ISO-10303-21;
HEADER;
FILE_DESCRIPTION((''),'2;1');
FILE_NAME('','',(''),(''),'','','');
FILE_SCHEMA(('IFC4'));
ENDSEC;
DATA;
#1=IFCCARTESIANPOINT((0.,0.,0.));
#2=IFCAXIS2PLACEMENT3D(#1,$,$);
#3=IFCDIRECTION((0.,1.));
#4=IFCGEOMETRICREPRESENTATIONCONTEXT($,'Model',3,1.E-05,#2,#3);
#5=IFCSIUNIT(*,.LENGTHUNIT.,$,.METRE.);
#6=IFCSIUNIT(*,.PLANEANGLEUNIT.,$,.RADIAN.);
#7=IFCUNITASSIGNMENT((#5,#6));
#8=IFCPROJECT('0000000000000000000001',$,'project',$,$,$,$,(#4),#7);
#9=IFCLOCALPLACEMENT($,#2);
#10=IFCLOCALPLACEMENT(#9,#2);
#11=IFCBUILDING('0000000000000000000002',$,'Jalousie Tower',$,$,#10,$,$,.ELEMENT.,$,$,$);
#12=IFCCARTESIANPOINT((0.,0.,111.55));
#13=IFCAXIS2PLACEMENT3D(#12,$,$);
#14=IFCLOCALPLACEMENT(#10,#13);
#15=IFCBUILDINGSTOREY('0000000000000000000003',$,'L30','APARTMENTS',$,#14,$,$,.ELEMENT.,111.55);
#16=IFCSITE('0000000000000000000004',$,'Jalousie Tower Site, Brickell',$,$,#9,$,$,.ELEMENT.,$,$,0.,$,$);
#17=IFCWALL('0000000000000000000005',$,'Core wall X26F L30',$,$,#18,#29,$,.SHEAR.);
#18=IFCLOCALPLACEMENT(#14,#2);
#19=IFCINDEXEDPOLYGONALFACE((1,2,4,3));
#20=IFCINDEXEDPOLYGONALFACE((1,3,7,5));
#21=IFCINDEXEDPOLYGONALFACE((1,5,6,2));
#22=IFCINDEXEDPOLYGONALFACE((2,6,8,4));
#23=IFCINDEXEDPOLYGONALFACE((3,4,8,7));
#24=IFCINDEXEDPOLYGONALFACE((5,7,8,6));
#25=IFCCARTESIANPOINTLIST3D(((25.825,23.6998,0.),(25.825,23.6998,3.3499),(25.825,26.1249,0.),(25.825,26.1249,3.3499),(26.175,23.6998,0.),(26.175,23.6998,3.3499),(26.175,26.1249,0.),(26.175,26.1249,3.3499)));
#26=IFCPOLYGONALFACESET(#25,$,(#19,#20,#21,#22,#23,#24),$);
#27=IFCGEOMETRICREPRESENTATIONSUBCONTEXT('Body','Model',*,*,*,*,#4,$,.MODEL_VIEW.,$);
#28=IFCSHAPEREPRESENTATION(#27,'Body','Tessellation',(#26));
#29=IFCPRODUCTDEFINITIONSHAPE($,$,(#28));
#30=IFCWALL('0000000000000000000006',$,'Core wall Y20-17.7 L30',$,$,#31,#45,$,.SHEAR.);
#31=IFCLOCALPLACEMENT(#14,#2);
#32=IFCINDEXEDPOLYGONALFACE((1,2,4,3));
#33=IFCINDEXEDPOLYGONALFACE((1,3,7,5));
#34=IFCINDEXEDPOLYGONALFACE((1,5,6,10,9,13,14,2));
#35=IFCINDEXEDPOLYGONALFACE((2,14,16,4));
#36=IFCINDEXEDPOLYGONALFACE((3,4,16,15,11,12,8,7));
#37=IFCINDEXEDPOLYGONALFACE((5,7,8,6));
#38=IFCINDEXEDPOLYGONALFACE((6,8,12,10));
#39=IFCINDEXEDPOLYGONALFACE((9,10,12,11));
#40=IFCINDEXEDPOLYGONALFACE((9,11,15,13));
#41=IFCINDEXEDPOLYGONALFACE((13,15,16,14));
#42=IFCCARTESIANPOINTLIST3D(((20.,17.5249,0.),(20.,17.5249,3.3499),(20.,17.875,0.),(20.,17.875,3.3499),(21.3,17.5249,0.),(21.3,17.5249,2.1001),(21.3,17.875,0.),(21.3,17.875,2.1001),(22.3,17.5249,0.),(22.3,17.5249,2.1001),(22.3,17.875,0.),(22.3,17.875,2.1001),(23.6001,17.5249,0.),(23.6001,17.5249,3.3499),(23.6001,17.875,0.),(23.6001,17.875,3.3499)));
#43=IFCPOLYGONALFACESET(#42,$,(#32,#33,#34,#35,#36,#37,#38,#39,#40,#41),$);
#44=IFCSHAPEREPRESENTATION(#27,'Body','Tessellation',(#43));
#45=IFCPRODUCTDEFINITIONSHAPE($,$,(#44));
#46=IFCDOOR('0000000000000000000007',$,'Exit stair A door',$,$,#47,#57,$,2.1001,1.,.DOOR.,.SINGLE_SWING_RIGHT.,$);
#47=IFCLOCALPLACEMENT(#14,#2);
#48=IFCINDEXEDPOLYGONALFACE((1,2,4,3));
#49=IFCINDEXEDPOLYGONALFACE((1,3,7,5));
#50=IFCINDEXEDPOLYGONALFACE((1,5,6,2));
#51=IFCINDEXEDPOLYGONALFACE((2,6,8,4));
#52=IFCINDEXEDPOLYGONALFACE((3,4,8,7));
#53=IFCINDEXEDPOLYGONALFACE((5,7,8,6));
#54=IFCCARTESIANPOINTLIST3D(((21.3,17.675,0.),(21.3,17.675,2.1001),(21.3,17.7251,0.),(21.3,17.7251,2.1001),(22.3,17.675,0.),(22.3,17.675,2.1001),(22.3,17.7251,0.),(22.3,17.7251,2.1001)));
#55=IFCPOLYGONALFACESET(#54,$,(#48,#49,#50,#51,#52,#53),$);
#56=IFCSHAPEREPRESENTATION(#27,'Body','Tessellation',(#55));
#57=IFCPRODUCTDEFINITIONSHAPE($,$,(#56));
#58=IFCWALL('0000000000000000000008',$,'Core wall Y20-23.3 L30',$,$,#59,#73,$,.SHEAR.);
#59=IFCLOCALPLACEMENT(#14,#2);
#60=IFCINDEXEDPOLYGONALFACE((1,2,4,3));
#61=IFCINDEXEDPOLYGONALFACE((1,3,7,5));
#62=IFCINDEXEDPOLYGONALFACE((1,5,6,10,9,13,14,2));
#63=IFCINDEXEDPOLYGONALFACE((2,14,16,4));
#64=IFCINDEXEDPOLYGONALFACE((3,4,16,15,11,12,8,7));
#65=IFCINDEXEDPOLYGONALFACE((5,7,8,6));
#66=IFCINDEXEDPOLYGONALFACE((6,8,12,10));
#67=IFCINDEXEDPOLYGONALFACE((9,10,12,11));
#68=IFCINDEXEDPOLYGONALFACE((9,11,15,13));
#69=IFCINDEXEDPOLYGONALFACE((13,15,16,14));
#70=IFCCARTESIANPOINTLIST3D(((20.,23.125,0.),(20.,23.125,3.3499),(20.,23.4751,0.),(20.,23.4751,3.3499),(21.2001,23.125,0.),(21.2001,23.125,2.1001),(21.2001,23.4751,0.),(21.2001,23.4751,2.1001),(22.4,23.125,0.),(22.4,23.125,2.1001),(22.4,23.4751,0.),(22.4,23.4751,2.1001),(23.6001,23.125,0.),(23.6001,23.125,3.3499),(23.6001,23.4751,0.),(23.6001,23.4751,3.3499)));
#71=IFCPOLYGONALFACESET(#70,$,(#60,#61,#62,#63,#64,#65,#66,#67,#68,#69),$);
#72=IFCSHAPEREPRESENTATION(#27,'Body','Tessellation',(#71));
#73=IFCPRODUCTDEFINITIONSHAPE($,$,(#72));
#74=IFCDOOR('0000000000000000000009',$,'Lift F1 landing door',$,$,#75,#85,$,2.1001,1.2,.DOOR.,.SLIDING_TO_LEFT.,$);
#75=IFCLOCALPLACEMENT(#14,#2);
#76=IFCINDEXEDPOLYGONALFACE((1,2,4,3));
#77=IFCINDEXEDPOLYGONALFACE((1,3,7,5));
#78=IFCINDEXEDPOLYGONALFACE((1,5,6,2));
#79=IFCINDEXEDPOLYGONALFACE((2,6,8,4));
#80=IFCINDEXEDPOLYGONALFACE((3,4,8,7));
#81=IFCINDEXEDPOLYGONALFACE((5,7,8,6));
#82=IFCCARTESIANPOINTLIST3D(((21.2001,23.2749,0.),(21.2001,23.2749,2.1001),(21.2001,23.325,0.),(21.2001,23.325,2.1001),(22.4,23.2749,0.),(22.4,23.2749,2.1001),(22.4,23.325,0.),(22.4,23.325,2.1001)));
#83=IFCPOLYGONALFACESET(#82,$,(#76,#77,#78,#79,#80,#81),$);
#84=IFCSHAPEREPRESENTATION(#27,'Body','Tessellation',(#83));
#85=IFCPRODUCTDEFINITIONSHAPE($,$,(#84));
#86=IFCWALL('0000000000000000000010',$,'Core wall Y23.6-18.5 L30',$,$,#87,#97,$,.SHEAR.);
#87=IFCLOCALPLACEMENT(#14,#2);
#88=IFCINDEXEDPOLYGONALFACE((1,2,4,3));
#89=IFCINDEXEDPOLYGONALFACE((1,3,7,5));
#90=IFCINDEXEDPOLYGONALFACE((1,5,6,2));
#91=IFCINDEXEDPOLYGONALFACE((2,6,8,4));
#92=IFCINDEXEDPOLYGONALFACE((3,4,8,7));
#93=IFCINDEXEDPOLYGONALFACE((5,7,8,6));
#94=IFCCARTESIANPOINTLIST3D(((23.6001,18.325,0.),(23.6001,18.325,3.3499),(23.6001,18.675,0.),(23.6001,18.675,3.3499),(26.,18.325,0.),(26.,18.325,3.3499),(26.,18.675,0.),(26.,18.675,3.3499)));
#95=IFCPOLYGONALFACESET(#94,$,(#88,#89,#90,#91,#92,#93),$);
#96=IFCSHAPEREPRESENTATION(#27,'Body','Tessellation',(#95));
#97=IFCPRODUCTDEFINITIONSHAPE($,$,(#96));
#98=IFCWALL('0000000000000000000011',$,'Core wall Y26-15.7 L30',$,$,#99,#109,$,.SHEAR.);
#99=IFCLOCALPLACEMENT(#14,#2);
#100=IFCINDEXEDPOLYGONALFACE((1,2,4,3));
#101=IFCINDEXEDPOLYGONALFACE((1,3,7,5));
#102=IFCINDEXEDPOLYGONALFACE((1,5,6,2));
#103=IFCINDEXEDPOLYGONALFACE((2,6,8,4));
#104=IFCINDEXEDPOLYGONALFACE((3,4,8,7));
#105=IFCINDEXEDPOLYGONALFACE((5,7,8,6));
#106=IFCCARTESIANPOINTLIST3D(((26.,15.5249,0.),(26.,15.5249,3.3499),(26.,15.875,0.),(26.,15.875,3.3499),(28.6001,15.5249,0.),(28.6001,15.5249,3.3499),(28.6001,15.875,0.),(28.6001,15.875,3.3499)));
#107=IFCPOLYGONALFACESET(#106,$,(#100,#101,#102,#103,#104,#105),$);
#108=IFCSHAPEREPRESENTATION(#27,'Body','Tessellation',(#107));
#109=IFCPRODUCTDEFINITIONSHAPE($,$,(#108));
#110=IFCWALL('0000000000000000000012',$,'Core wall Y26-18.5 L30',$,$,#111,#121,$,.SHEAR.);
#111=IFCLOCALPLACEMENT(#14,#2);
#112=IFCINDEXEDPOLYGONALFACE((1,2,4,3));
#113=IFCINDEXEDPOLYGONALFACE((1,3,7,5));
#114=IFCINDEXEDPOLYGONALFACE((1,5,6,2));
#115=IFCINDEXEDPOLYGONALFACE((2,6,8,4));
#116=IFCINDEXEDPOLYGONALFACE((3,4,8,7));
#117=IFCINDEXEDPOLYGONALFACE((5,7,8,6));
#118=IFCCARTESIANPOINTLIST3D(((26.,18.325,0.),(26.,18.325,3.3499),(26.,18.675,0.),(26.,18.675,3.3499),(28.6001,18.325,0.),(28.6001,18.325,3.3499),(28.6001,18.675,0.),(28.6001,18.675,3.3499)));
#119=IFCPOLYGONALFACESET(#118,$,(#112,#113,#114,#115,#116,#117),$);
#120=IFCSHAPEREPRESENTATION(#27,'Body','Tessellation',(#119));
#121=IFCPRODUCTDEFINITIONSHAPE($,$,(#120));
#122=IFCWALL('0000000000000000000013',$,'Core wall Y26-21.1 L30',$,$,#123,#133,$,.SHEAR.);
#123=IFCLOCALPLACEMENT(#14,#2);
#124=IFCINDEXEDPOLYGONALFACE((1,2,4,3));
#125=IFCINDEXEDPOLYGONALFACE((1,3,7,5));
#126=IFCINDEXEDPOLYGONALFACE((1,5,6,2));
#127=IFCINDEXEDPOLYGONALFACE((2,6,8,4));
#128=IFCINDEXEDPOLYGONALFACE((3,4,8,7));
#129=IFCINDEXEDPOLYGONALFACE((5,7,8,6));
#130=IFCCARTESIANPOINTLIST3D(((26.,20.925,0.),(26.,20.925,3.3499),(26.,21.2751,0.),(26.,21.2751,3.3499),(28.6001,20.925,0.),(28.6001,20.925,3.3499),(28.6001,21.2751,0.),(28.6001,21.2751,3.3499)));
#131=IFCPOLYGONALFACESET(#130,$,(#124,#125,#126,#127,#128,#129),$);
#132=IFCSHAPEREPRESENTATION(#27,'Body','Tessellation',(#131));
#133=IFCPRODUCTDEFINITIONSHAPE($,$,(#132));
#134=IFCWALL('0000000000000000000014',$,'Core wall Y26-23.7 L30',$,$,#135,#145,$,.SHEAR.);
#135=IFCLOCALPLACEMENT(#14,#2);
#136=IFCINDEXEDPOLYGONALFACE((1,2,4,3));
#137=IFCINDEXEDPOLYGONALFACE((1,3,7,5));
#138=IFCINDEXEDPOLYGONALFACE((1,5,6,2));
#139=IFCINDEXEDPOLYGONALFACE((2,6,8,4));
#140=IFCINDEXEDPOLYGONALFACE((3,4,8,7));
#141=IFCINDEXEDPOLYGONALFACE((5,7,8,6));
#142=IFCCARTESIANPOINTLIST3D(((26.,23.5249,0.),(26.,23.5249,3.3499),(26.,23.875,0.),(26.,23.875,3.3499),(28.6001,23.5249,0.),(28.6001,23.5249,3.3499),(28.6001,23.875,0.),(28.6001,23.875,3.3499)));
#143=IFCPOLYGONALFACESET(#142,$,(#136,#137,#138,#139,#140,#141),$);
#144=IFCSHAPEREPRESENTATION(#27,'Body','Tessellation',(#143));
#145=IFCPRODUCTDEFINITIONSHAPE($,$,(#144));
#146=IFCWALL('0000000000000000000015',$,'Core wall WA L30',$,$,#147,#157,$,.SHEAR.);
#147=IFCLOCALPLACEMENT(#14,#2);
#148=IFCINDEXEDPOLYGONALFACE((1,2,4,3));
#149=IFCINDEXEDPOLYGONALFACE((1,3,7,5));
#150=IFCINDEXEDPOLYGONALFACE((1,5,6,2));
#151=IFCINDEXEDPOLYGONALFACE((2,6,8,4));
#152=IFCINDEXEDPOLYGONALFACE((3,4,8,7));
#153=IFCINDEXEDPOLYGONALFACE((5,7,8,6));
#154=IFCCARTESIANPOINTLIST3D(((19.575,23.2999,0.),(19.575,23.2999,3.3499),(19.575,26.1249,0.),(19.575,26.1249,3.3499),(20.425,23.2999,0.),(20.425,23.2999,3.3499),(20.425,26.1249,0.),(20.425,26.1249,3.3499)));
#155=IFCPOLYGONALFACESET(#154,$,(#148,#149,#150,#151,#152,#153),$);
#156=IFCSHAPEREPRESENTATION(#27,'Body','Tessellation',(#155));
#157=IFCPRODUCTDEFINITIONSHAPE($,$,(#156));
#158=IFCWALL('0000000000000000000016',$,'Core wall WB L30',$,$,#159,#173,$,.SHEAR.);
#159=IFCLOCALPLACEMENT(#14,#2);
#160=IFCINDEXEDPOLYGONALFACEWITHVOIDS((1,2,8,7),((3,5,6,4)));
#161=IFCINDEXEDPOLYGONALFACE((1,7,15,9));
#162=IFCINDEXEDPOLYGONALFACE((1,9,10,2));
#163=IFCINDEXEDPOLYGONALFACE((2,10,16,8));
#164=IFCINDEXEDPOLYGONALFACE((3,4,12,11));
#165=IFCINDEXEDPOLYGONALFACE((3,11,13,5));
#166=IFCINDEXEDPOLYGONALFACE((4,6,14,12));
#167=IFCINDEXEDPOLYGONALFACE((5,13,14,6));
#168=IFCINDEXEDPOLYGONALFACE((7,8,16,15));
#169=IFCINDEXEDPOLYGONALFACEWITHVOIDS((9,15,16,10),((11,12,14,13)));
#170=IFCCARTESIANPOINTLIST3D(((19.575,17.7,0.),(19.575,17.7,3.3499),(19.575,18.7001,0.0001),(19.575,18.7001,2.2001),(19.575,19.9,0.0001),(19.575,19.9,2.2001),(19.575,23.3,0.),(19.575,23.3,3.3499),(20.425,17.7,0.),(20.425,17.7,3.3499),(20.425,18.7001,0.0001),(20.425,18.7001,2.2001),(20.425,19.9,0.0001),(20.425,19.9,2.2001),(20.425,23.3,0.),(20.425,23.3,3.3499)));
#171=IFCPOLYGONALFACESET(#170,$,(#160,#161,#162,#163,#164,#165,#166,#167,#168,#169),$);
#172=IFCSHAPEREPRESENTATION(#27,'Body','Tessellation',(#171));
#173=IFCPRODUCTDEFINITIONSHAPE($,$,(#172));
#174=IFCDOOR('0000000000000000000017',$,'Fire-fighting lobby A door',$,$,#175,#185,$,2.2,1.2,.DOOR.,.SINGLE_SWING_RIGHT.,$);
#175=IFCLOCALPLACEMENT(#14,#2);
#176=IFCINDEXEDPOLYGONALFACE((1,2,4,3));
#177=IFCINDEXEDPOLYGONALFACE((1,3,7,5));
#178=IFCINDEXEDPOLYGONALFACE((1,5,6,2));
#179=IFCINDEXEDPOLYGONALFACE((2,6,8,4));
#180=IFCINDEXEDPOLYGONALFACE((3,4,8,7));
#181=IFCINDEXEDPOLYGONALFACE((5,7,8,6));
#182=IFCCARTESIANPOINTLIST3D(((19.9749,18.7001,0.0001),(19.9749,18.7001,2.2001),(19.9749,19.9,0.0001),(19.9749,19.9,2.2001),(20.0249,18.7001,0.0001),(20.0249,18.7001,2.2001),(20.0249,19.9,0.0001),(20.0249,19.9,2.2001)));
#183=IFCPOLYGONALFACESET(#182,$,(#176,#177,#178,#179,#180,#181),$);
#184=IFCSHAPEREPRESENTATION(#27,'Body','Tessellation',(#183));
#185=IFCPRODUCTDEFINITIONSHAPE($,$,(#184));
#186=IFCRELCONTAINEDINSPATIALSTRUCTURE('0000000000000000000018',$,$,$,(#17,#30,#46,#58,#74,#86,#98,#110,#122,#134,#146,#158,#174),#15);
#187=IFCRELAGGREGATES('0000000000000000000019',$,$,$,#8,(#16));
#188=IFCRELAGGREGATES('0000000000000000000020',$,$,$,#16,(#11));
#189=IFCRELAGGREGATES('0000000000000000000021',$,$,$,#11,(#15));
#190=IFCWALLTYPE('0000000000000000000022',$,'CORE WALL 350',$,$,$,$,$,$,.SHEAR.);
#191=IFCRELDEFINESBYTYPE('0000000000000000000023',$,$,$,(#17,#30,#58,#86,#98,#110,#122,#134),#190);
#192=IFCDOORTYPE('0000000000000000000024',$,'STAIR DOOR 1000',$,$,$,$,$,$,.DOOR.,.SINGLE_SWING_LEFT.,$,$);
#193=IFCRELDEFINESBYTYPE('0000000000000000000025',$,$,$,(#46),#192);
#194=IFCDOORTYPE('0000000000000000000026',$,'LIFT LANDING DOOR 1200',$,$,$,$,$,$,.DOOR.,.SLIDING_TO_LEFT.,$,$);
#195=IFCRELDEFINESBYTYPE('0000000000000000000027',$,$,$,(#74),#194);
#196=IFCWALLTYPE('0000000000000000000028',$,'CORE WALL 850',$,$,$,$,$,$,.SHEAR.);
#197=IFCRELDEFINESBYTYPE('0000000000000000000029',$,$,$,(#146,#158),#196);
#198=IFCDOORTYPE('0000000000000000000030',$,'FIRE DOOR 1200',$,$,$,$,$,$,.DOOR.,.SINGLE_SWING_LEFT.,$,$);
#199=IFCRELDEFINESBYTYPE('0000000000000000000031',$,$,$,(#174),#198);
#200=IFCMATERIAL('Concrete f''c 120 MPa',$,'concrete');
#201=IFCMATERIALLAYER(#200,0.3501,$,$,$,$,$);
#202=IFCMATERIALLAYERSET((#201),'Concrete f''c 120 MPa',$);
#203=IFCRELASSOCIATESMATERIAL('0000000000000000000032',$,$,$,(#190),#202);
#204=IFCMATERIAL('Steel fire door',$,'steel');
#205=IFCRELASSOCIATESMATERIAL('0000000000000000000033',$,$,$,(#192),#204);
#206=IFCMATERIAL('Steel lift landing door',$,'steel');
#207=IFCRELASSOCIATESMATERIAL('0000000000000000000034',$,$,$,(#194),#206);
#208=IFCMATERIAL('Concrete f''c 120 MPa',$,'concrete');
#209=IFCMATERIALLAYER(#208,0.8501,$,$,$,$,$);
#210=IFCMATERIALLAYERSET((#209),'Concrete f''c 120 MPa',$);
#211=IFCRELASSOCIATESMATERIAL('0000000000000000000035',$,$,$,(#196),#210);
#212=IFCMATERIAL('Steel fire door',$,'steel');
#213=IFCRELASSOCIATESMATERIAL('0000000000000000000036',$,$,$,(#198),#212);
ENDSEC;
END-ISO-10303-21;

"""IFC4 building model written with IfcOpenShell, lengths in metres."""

from ifc_helpers import new_model, si_unit, direction, frame, frame_2d, origin, place, context, subcontext, project, spatial, rectangle, extrude, material, layer, layer_set, type_object, element, fill, save


model = new_model("IFC4")

# Units and contexts
model_context = context("Model", 3, precision=1e-05, world=origin(), true_north=direction((0.0, 1.0)))
body_context = subcontext(model_context, "Body", "Model", "MODEL_VIEW")
ifc_project = project(units=[si_unit("LENGTHUNIT", "METRE"), si_unit("PLANEANGLEUNIT", "RADIAN")], contexts=[model_context])

# Site, building, storey
site_placement = place(None, origin())
site = spatial("IfcSite", under=ifc_project, at=site_placement, Name="Jalousie Tower Site, Brickell", CompositionType="ELEMENT", RefElevation=0.0)
building_placement = place(site_placement, origin())
building = spatial("IfcBuilding", under=site, at=building_placement, Name="Jalousie Tower", CompositionType="ELEMENT")
storey_placement = place(building_placement, frame((0.0, 0.0, 111.55)))
storey = spatial("IfcBuildingStorey", under=building, at=storey_placement, Name="L30", Description="APARTMENTS", CompositionType="ELEMENT", Elevation=111.55)

# Wall
ifc_material_1 = material(Name="Concrete f'c 120 MPa", Category="concrete")
ifc_layer_1 = layer(ifc_material_1, 0.3501)
ifc_layer_set_1 = layer_set([ifc_layer_1], Name="Concrete f'c 120 MPa")
wall_type_1 = type_object("IfcWallType", Name="CORE WALL 350", PredefinedType="SHEAR", material=ifc_layer_set_1)
wall_1_placement = place(storey_placement, frame((26.0, 23.7, 0.0), z_axis=(0.0, 0.0, 1.0), x_axis=(0.0, 1.0, 0.0)))
element("IfcWall", 1, at=wall_1_placement, inside=storey, type_object=wall_type_1, Name="Core wall X26F L30", PredefinedType="SHEAR", context=body_context, shape_type="SweptSolid", body=[
    extrude(rectangle(XDim=2.425, YDim=0.3501, at=frame_2d((1.2124, 0.0))), origin(), (0.0, 0.0, 1.0), 3.3499),
])

# Walls, openings, doors
wall_2_placement = place(storey_placement, frame((20.0, 17.7, 0.0), z_axis=(0.0, 0.0, 1.0), x_axis=(1.0, 0.0, 0.0)))
wall_2 = element("IfcWall", 2, at=wall_2_placement, inside=storey, type_object=wall_type_1, Name="Core wall Y20-17.7 L30", PredefinedType="SHEAR", context=body_context, shape_type="SweptSolid", body=[
    extrude(rectangle(XDim=3.6001, YDim=0.3501, at=frame_2d((1.8, 0.0))), origin(), (0.0, 0.0, 1.0), 3.3499),
])
opening_1_placement = place(wall_2_placement, frame((1.3, 0.0, 0.0)))
opening_1 = element("IfcOpeningElement", 3, at=opening_1_placement, cuts=wall_2, PredefinedType="OPENING", context=body_context, shape_type="SweptSolid", body=[
    extrude(rectangle(XDim=1.0, YDim=2.1001, at=frame_2d((0.5, 1.05))), frame((0.0, 0.1851, 0.0), z_axis=(0.0, -1.0, 0.0), x_axis=(1.0, 0.0, 0.0)), (0.0, 0.0, 1.0), 0.3701),
])
ifc_material_2 = material(Name="Steel fire door", Category="steel")
door_type_1 = type_object("IfcDoorType", Name="STAIR DOOR 1000", OperationType="SINGLE_SWING_LEFT", PredefinedType="DOOR", material=ifc_material_2)
door_1_placement = place(opening_1_placement, frame((1.0, 0.0, 0.0), z_axis=(0.0, 0.0, 1.0), x_axis=(-1.0, 0.0, 0.0)))
door_1 = element("IfcDoor", 4, at=door_1_placement, inside=storey, type_object=door_type_1, Name="Exit stair A door", OperationType="SINGLE_SWING_RIGHT", OverallHeight=2.1001, OverallWidth=1.0, PredefinedType="DOOR", context=body_context, shape_type="SweptSolid", body=[
    extrude(rectangle(XDim=1.0, YDim=2.1001, at=frame_2d((0.5, 1.05))), frame((0.0, 0.0249, 0.0), z_axis=(0.0, -1.0, 0.0), x_axis=(1.0, 0.0, 0.0)), (0.0, 0.0, 1.0), 0.05),
])
fill(opening_1, door_1)
wall_3_placement = place(storey_placement, frame((20.0, 23.3, 0.0), z_axis=(0.0, 0.0, 1.0), x_axis=(1.0, 0.0, 0.0)))
wall_3 = element("IfcWall", 5, at=wall_3_placement, inside=storey, type_object=wall_type_1, Name="Core wall Y20-23.3 L30", PredefinedType="SHEAR", context=body_context, shape_type="SweptSolid", body=[
    extrude(rectangle(XDim=3.6001, YDim=0.3501, at=frame_2d((1.8, 0.0))), origin(), (0.0, 0.0, 1.0), 3.3499),
])
opening_2_placement = place(wall_3_placement, frame((1.2, 0.0, 0.0)))
opening_2 = element("IfcOpeningElement", 6, at=opening_2_placement, cuts=wall_3, PredefinedType="OPENING", context=body_context, shape_type="SweptSolid", body=[
    extrude(rectangle(XDim=1.2, YDim=2.1001, at=frame_2d((0.6001, 1.05))), frame((0.0, 0.1851, 0.0), z_axis=(0.0, -1.0, 0.0), x_axis=(1.0, 0.0, 0.0)), (0.0, 0.0, 1.0), 0.3701),
])
ifc_material_3 = material(Name="Steel lift landing door", Category="steel")
door_type_2 = type_object("IfcDoorType", Name="LIFT LANDING DOOR 1200", OperationType="SLIDING_TO_LEFT", PredefinedType="DOOR", material=ifc_material_3)
door_2_placement = place(opening_2_placement, origin())
door_2 = element("IfcDoor", 7, at=door_2_placement, inside=storey, type_object=door_type_2, Name="Lift F1 landing door", OperationType="SLIDING_TO_LEFT", OverallHeight=2.1001, OverallWidth=1.2, PredefinedType="DOOR", context=body_context, shape_type="SweptSolid", body=[
    extrude(rectangle(XDim=1.2, YDim=2.1001, at=frame_2d((0.6001, 1.05))), frame((0.0, 0.0249, 0.0), z_axis=(0.0, -1.0, 0.0), x_axis=(1.0, 0.0, 0.0)), (0.0, 0.0, 1.0), 0.05),
])
fill(opening_2, door_2)

# Walls
wall_4_placement = place(storey_placement, frame((23.6001, 18.5, 0.0), z_axis=(0.0, 0.0, 1.0), x_axis=(1.0, 0.0, 0.0)))
element("IfcWall", 8, at=wall_4_placement, inside=storey, type_object=wall_type_1, Name="Core wall Y23.6-18.5 L30", PredefinedType="SHEAR", context=body_context, shape_type="SweptSolid", body=[
    extrude(rectangle(XDim=2.3999, YDim=0.3501, at=frame_2d((1.2, 0.0))), origin(), (0.0, 0.0, 1.0), 3.3499),
])
for number, where, z_axis, x_axis, name in (
    (9, (26.0, 15.7, 0.0), (0.0, 0.0, 1.0), (1.0, 0.0, 0.0), "Core wall Y26-15.7 L30"),
    (10, (26.0, 18.5, 0.0), (0.0, 0.0, 1.0), (1.0, 0.0, 0.0), "Core wall Y26-18.5 L30"),
    (11, (26.0, 21.1001, 0.0), (0.0, 0.0, 1.0), (1.0, 0.0, 0.0), "Core wall Y26-21.1 L30"),
    (12, (26.0, 23.7, 0.0), (0.0, 0.0, 1.0), (1.0, 0.0, 0.0), "Core wall Y26-23.7 L30"),
):
    element("IfcWall", number, at=place(storey_placement, frame(where, z_axis=z_axis, x_axis=x_axis)), inside=storey, type_object=wall_type_1, Name=name, PredefinedType="SHEAR", context=body_context, shape_type="SweptSolid", body=[
        extrude(rectangle(XDim=2.6001, YDim=0.3501, at=frame_2d((1.3, 0.0))), origin(), (0.0, 0.0, 1.0), 3.3499),
    ])
ifc_material_4 = material(Name="Concrete f'c 120 MPa", Category="concrete")
ifc_layer_2 = layer(ifc_material_4, 0.8501)
ifc_layer_set_2 = layer_set([ifc_layer_2], Name="Concrete f'c 120 MPa")
wall_type_2 = type_object("IfcWallType", Name="CORE WALL 850", PredefinedType="SHEAR", material=ifc_layer_set_2)
wall_5_placement = place(storey_placement, frame((20.0, 26.125, 0.0), z_axis=(0.0, 0.0, 1.0), x_axis=(0.0, -1.0, 0.0)))
element("IfcWall", 13, at=wall_5_placement, inside=storey, type_object=wall_type_2, Name="Core wall WA L30", PredefinedType="SHEAR", context=body_context, shape_type="SweptSolid", body=[
    extrude(rectangle(XDim=2.825, YDim=0.8501, at=frame_2d((1.4126, 0.0))), origin(), (0.0, 0.0, 1.0), 3.3499),
])

# Wall, opening, door
wall_6_placement = place(storey_placement, frame((20.0, 23.3, 0.0), z_axis=(0.0, 0.0, 1.0), x_axis=(0.0, -1.0, 0.0)))
wall_6 = element("IfcWall", 14, at=wall_6_placement, inside=storey, type_object=wall_type_2, Name="Core wall WB L30", PredefinedType="SHEAR", context=body_context, shape_type="SweptSolid", body=[
    extrude(rectangle(XDim=5.6001, YDim=0.8501, at=frame_2d((2.8, 0.0))), origin(), (0.0, 0.0, 1.0), 3.3499),
])
opening_3_placement = place(wall_6_placement, frame((3.3999, 0.0, 0.0)))
opening_3 = element("IfcOpeningElement", 15, at=opening_3_placement, cuts=wall_6, PredefinedType="OPENING", context=body_context, shape_type="SweptSolid", body=[
    extrude(rectangle(XDim=1.2, YDim=2.2, at=frame_2d((0.6001, 1.1001))), frame((0.0, 0.4351, 0.0), z_axis=(0.0, -1.0, 0.0), x_axis=(1.0, 0.0, 0.0)), (0.0, 0.0, 1.0), 0.8701),
])
ifc_material_5 = material(Name="Steel fire door", Category="steel")
door_type_3 = type_object("IfcDoorType", Name="FIRE DOOR 1200", OperationType="SINGLE_SWING_LEFT", PredefinedType="DOOR", material=ifc_material_5)
door_3_placement = place(opening_3_placement, origin())
door_3 = element("IfcDoor", 16, at=door_3_placement, inside=storey, type_object=door_type_3, Name="Fire-fighting lobby A door", OperationType="SINGLE_SWING_RIGHT", OverallHeight=2.2, OverallWidth=1.2, PredefinedType="DOOR", context=body_context, shape_type="SweptSolid", body=[
    extrude(rectangle(XDim=1.2, YDim=2.2, at=frame_2d((0.6001, 1.1001))), frame((0.0, 0.0249, 0.0), z_axis=(0.0, -1.0, 0.0), x_axis=(1.0, 0.0, 0.0)), (0.0, 0.0, 1.0), 0.05),
])
fill(opening_3, door_3)

save(model, "model.ifc")
